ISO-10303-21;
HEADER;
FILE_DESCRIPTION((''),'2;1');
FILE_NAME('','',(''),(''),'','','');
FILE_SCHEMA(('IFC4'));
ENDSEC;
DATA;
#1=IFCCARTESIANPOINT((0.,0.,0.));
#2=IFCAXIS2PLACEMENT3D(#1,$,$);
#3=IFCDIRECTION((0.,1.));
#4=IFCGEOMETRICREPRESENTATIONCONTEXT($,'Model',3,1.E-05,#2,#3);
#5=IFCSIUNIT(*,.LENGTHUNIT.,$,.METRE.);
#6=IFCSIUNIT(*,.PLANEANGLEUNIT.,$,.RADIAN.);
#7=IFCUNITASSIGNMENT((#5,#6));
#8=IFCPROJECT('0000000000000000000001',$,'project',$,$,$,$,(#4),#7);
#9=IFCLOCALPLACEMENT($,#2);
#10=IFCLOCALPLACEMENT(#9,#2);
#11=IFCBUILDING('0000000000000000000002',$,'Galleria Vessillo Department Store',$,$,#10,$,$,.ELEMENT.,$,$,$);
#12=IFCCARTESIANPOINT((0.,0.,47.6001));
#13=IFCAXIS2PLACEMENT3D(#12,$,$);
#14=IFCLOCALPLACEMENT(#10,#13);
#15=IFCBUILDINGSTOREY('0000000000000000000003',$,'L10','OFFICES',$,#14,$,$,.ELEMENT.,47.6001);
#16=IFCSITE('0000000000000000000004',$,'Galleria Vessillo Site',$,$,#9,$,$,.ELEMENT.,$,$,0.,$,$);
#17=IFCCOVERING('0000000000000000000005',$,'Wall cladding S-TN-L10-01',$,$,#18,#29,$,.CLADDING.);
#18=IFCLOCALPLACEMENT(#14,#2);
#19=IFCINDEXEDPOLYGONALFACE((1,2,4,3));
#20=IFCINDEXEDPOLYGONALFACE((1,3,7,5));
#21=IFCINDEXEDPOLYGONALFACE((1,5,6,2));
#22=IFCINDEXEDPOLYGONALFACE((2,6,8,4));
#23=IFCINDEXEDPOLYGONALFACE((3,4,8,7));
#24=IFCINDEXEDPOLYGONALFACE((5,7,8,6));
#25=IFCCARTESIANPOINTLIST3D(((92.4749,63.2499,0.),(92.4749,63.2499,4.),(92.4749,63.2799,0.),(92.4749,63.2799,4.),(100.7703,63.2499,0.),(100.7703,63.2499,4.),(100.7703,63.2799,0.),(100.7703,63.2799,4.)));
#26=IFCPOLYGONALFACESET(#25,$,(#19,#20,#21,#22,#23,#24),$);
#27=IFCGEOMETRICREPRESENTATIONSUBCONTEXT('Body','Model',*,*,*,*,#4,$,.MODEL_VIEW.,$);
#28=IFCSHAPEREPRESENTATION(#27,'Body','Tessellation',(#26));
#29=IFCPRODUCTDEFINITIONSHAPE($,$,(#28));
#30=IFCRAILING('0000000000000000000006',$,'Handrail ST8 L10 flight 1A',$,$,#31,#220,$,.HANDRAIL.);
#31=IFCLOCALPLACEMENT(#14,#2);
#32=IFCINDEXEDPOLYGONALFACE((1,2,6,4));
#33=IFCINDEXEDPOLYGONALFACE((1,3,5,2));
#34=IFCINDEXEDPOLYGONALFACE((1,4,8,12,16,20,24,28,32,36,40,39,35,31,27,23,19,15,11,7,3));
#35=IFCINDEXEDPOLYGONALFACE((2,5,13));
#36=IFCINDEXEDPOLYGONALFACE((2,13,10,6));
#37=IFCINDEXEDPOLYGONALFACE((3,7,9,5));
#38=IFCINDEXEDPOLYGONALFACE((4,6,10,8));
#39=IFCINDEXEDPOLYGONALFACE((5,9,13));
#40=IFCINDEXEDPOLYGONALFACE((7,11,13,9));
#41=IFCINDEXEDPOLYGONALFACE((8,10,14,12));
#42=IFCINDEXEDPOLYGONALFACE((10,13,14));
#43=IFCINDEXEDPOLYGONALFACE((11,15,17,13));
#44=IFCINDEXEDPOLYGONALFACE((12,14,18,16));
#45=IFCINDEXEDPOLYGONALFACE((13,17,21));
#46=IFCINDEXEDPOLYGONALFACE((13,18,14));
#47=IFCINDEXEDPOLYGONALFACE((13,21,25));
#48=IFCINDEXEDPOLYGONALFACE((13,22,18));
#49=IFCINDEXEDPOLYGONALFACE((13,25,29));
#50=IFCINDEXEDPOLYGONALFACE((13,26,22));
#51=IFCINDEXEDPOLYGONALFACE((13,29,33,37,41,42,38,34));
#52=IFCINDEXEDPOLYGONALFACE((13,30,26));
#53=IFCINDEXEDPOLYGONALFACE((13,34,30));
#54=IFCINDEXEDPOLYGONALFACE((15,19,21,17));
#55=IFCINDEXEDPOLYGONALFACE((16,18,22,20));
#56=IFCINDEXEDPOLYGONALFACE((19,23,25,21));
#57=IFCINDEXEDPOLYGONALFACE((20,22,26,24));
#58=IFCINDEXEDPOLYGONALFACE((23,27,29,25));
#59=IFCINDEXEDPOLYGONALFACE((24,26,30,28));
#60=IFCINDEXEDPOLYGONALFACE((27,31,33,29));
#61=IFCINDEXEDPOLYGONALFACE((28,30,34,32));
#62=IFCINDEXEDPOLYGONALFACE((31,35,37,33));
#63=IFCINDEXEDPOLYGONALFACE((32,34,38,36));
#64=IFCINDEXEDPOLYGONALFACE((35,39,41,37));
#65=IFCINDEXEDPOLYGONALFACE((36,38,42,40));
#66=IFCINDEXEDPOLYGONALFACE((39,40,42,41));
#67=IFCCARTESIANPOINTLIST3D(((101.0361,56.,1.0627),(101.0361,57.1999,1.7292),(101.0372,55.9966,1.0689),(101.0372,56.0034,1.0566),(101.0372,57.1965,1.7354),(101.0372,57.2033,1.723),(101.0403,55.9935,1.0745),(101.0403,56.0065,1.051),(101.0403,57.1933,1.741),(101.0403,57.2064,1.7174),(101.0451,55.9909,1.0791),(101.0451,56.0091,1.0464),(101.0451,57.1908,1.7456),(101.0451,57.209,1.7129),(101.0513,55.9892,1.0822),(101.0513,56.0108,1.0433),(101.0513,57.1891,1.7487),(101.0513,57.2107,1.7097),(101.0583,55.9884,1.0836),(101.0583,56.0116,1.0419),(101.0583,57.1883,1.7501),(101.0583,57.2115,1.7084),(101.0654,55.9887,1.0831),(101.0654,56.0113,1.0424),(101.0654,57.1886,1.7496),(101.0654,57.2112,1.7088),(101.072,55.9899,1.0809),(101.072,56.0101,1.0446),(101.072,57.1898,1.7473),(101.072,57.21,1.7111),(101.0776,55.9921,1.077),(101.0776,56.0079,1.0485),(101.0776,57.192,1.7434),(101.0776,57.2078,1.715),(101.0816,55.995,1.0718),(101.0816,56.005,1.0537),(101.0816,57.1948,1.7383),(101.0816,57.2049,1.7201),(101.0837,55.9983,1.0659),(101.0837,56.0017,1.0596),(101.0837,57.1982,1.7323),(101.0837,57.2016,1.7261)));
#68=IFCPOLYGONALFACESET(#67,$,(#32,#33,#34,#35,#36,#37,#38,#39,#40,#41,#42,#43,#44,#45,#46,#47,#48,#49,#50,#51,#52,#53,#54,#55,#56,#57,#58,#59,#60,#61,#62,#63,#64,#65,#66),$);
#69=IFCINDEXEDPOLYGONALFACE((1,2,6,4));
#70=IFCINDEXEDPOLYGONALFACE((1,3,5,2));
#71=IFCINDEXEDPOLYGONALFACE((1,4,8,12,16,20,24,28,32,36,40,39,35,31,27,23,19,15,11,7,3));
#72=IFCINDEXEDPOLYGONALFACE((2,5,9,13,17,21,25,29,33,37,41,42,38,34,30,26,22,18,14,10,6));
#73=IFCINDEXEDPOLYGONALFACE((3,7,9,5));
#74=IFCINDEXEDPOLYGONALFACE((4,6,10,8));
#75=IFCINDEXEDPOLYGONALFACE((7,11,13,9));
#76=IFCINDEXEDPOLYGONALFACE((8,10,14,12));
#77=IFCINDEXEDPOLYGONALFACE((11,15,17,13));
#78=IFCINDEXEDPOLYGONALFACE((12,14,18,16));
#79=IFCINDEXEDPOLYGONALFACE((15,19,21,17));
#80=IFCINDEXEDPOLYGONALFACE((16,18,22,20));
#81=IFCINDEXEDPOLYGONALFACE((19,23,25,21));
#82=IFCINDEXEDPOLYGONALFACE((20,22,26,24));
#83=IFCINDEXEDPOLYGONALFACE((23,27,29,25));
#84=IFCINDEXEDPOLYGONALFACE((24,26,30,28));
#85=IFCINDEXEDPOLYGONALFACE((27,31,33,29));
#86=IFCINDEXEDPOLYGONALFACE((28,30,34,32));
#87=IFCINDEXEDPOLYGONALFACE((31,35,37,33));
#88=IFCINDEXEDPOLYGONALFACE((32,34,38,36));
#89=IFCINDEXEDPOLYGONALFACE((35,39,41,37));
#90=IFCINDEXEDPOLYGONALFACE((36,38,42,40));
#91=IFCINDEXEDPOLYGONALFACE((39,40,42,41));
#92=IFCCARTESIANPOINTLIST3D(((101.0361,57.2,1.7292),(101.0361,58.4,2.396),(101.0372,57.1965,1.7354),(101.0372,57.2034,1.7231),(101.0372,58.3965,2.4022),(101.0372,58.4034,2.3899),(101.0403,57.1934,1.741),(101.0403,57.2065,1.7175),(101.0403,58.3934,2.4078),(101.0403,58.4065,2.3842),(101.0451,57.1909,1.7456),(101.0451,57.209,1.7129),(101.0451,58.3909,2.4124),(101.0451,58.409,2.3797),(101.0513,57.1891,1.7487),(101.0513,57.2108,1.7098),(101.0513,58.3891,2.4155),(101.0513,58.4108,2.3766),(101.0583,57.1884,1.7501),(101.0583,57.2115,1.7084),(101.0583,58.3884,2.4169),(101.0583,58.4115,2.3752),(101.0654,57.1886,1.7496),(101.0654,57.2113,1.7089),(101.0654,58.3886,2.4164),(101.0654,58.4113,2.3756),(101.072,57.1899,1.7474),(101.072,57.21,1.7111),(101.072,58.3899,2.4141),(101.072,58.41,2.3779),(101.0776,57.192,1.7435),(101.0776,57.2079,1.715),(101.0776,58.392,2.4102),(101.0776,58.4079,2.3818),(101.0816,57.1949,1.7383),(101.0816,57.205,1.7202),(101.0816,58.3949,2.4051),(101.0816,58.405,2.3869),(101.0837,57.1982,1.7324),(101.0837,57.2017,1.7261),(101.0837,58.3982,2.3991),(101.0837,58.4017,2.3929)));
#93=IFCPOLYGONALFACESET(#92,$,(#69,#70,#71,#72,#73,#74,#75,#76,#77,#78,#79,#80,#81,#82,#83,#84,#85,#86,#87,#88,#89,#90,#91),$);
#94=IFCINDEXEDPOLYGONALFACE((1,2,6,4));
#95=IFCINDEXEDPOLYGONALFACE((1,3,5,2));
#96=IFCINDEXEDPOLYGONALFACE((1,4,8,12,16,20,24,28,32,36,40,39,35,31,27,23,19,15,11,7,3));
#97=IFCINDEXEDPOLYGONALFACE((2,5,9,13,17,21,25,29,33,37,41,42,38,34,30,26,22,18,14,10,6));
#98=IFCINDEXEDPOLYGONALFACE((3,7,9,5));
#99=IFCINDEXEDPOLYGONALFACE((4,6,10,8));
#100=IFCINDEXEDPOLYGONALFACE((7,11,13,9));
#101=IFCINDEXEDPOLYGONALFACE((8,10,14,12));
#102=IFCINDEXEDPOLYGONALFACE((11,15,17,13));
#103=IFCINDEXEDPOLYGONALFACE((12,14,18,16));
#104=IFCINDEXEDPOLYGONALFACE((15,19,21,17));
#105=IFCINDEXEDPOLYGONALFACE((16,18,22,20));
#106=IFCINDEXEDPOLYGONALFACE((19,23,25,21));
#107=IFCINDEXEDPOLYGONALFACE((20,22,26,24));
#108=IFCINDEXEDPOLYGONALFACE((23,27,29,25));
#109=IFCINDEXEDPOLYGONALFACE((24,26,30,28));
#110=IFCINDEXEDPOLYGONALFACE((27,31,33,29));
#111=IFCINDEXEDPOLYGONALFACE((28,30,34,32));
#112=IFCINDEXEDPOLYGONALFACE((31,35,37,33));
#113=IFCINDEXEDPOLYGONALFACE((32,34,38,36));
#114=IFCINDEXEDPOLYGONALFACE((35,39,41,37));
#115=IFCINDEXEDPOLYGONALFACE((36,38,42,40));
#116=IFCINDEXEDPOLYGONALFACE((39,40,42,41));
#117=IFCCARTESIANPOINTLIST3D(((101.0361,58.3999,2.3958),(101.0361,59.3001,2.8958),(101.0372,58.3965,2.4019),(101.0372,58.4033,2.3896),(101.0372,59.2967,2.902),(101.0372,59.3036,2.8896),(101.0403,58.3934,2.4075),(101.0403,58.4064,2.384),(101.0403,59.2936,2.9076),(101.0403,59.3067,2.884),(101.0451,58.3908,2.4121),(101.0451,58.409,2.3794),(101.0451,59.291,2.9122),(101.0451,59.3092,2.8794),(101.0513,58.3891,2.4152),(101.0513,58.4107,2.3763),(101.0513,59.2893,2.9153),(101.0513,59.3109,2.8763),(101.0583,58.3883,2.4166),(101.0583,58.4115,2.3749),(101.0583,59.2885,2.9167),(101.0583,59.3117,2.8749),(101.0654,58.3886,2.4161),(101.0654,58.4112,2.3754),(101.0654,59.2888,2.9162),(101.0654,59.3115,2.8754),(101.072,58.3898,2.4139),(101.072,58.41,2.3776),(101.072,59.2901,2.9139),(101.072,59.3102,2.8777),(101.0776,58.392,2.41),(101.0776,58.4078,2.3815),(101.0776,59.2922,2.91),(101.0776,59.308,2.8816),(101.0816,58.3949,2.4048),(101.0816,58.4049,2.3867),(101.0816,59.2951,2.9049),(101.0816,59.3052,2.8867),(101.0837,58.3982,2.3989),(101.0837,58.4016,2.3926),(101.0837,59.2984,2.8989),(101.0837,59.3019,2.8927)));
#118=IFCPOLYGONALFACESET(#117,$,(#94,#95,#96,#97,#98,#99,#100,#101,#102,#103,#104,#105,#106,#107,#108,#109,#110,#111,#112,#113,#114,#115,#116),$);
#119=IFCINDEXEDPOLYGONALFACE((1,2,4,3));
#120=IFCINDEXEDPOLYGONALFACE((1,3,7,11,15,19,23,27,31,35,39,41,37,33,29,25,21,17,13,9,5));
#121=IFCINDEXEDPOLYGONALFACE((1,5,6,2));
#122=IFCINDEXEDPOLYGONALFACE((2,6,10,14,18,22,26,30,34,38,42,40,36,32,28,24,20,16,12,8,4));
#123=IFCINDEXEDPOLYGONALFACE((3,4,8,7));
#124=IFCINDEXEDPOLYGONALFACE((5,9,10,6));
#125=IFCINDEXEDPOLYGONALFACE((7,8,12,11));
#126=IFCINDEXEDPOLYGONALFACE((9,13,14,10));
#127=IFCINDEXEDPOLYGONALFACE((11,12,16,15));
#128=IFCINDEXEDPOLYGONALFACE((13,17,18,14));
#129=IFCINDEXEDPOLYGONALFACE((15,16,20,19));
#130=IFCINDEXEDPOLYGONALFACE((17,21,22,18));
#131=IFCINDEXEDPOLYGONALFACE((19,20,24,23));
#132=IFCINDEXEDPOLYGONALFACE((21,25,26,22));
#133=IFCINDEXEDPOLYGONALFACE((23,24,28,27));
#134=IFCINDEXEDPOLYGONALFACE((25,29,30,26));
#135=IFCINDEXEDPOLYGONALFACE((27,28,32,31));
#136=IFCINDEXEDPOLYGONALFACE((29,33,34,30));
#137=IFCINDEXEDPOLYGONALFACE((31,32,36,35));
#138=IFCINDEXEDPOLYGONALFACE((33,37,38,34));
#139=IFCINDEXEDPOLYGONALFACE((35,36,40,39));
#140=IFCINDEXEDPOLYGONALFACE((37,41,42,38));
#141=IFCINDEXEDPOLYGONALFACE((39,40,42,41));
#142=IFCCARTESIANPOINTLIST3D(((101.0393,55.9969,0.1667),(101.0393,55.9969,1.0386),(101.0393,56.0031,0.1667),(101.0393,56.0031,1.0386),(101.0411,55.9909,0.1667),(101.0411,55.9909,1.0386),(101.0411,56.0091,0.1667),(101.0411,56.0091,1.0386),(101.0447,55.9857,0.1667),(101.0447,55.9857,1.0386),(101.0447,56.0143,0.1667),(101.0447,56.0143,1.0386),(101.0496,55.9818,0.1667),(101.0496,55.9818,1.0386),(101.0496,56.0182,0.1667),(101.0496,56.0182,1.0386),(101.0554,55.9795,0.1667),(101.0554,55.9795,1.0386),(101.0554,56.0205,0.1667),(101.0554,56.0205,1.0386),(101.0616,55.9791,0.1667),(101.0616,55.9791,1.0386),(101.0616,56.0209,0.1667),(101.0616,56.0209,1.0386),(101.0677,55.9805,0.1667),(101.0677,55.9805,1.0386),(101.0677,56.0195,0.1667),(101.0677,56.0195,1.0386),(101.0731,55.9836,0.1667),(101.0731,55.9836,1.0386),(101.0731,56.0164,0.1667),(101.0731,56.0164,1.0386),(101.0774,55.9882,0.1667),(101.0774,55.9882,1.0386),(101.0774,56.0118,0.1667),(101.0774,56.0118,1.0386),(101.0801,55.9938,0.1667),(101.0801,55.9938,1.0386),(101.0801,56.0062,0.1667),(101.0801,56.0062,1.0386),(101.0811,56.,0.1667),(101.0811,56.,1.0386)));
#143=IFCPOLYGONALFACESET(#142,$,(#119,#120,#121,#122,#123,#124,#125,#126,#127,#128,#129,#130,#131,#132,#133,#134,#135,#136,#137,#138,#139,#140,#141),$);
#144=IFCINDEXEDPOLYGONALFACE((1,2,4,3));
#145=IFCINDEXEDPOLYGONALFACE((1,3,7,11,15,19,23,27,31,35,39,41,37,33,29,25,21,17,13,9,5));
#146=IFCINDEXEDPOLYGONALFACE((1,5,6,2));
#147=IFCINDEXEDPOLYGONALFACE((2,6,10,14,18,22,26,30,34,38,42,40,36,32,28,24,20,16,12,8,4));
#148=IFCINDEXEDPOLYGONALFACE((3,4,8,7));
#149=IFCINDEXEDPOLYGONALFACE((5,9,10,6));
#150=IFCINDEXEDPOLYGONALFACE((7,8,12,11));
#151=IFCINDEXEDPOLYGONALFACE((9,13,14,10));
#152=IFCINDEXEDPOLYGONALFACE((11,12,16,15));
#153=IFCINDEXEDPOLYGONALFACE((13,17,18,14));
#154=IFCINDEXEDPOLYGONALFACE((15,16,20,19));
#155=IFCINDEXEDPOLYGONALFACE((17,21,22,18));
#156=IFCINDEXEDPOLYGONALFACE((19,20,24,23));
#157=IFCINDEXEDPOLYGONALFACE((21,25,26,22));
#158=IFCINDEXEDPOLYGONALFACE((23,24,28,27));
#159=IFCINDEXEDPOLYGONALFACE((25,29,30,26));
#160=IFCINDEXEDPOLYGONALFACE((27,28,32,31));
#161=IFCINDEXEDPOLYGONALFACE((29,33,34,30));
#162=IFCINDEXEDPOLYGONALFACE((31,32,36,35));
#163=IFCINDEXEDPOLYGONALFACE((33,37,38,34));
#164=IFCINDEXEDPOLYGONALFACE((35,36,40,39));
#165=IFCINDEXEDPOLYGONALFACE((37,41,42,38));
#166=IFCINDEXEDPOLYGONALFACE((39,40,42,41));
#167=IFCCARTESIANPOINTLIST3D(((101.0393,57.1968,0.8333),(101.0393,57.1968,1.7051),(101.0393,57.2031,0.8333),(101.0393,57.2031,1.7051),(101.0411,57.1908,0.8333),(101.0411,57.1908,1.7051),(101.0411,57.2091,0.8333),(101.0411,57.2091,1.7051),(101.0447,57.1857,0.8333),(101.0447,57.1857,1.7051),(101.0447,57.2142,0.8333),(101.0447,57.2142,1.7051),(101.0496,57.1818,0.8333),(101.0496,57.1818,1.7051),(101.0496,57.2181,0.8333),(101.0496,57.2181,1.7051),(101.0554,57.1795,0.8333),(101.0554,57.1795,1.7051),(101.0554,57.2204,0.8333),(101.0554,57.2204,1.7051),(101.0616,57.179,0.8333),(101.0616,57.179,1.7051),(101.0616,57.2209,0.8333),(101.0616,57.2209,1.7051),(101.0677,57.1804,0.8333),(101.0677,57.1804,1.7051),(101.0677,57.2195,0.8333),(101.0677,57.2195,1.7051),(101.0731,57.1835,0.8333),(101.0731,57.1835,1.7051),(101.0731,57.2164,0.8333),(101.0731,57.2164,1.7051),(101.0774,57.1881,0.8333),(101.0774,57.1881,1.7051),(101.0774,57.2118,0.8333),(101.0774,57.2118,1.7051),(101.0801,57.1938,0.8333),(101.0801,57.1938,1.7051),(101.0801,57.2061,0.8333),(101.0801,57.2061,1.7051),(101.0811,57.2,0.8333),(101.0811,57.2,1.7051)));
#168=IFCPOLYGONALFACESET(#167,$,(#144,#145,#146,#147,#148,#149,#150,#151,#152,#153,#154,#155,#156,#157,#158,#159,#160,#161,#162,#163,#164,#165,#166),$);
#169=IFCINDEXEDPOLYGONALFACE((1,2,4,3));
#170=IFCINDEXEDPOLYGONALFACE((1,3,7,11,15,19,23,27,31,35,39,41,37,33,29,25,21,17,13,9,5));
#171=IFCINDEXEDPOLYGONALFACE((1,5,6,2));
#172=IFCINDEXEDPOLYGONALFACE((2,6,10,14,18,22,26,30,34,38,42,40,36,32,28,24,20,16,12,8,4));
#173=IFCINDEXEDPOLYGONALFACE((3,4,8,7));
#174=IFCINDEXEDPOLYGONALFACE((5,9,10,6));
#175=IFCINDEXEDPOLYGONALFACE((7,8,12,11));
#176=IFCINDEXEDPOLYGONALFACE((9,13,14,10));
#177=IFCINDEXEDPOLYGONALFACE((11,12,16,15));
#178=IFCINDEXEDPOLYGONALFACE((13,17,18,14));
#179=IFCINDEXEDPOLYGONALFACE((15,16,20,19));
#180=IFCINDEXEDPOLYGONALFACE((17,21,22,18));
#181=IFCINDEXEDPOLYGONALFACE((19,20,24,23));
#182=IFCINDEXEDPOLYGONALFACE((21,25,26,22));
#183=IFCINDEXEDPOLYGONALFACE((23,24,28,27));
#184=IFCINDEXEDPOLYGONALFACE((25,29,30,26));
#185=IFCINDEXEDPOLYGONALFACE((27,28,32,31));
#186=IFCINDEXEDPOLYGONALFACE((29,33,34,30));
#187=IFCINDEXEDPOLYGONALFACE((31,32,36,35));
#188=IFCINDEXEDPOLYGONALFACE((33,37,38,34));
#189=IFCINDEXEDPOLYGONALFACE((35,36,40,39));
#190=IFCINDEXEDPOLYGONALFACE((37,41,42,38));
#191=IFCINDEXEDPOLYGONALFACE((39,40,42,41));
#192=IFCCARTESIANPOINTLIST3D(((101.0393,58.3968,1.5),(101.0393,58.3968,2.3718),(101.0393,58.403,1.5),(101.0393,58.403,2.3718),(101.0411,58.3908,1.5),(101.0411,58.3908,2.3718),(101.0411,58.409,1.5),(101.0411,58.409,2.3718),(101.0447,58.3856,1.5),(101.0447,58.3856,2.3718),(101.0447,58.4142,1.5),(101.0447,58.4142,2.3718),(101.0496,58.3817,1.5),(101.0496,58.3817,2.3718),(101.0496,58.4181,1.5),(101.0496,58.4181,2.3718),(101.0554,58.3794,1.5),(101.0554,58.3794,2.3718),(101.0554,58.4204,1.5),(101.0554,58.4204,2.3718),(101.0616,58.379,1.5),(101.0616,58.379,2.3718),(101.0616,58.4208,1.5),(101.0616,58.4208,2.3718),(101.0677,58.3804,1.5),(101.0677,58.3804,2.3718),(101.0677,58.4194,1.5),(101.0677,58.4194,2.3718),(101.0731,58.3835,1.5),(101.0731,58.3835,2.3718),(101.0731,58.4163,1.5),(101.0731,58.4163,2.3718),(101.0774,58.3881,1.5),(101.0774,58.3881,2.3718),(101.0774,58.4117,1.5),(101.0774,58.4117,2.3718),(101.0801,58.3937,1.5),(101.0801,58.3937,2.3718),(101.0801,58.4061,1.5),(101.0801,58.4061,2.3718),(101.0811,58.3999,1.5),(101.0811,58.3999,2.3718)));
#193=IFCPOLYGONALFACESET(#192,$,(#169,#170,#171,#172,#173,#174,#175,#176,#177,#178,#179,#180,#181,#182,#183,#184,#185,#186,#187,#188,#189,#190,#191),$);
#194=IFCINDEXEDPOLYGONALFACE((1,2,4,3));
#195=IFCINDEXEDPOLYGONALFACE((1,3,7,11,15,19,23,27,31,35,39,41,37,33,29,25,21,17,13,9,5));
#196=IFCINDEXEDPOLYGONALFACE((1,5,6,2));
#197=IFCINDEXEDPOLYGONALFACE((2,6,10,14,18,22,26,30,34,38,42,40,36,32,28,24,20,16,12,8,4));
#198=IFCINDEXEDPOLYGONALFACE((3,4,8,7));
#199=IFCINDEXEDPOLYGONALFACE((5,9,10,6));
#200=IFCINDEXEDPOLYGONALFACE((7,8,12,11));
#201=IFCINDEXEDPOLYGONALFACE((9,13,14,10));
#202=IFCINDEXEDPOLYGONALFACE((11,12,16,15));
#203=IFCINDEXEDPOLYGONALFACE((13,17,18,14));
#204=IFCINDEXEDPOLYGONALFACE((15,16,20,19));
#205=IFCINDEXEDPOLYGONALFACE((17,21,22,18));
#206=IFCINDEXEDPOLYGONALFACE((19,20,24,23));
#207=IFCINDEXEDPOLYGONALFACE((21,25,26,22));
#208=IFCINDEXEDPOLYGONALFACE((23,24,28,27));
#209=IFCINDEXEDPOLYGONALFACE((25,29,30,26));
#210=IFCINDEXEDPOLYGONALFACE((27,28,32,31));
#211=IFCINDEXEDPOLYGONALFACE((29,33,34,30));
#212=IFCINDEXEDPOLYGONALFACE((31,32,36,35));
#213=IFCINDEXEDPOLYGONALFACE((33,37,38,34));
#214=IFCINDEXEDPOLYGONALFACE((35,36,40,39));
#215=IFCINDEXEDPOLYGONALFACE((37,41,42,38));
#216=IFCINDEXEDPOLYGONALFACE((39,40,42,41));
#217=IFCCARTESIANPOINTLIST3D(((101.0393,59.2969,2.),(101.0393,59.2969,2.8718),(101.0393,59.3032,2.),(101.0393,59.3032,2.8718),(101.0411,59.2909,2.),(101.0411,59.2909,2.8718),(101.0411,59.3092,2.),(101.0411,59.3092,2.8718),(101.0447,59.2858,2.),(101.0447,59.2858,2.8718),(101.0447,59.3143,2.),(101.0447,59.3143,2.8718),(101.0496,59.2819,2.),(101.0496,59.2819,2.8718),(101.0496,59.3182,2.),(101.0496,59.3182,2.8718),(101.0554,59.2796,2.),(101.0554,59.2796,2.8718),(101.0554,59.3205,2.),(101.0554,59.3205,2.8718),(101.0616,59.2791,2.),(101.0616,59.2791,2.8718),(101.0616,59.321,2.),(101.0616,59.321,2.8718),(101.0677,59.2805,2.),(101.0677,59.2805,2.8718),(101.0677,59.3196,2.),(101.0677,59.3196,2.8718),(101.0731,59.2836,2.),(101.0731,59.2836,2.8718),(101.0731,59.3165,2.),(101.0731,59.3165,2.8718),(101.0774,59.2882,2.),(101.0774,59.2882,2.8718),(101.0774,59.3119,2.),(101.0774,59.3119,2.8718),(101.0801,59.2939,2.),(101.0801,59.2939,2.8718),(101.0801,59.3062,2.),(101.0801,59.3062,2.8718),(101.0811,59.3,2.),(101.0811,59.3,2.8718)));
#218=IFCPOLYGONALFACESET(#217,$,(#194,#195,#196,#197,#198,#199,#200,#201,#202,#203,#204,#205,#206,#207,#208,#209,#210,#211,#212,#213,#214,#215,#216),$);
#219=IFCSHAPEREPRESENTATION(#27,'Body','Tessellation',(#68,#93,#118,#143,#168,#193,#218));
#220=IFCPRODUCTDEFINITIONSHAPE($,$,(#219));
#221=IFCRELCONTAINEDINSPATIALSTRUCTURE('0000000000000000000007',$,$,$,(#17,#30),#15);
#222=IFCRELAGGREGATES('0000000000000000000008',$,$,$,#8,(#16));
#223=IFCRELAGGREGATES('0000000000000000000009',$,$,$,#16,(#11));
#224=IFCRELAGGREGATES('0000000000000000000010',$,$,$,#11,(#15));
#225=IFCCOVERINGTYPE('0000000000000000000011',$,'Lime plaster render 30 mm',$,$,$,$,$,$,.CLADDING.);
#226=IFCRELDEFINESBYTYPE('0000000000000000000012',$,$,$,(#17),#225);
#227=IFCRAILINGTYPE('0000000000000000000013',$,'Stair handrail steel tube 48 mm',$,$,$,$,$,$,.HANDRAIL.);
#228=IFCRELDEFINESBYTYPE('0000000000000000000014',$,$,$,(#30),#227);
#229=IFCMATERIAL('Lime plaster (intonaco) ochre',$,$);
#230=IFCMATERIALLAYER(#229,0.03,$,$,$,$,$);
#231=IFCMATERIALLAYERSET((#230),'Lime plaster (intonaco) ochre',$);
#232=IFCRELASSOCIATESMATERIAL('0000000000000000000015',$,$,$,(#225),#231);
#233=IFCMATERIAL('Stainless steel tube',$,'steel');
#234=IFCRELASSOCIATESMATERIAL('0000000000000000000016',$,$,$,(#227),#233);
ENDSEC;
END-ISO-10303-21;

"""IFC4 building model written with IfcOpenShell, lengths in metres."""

from ifc_helpers import new_model, si_unit, direction, frame, origin, origin_2d, place, context, subcontext, project, spatial, rectangle, circle, extrude, material, layer, layer_set, type_object, element, save


model = new_model("IFC4")

# Units and contexts
model_context = context("Model", 3, precision=1e-05, world=origin(), true_north=direction((0.0, 1.0)))
body_context = subcontext(model_context, "Body", "Model", "MODEL_VIEW")
ifc_project = project(units=[si_unit("LENGTHUNIT", "METRE"), si_unit("PLANEANGLEUNIT", "RADIAN")], contexts=[model_context])

# Site, building, storey
site_placement = place(None, origin())
site = spatial("IfcSite", under=ifc_project, at=site_placement, Name="Galleria Vessillo Site", CompositionType="ELEMENT", RefElevation=0.0)
building_placement = place(site_placement, origin())
building = spatial("IfcBuilding", under=site, at=building_placement, Name="Galleria Vessillo Department Store", CompositionType="ELEMENT")
storey_placement = place(building_placement, frame((0.0, 0.0, 47.6001)))
storey = spatial("IfcBuildingStorey", under=building, at=storey_placement, Name="L10", Description="OFFICES", CompositionType="ELEMENT", Elevation=47.6001)

# Covering
ifc_material_1 = material(Name="Lime plaster (intonaco) ochre")
ifc_layer_1 = layer(ifc_material_1, 0.03)
ifc_layer_set_1 = layer_set([ifc_layer_1], Name="Lime plaster (intonaco) ochre")
covering_type = type_object("IfcCoveringType", Name="Lime plaster render 30 mm", PredefinedType="CLADDING", material=ifc_layer_set_1)
covering_placement = place(storey_placement, frame((96.6226, 63.2649, 0.0), z_axis=(0.0, 0.0, 1.0), x_axis=(1.0, 0.0, 0.0)))
element("IfcCovering", 1, at=covering_placement, inside=storey, type_object=covering_type, Name="Wall cladding S-TN-L10-01", PredefinedType="CLADDING", context=body_context, shape_type="SweptSolid", body=[
    extrude(rectangle(XDim=8.2954, YDim=0.03, at=origin_2d()), origin(), (0.0, 0.0, 1.0), 4.0),
])

# Railing
ifc_material_2 = material(Name="Stainless steel tube", Category="steel")
railing_type = type_object("IfcRailingType", Name="Stair handrail steel tube 48 mm", PredefinedType="HANDRAIL", material=ifc_material_2)
for number, where, name in (
    (2, (101.0601, 56.0, 0.1667), "Handrail ST8 L10 flight 1A"),
):
    element("IfcRailing", number, at=place(storey_placement, frame(where)), inside=storey, type_object=railing_type, Name=name, PredefinedType="HANDRAIL", context=body_context, shape_type="SweptSolid", body=[
        extrude(circle(Radius=0.0239, at=origin_2d()), frame((0.0, 0.0, 0.896), z_axis=(0.0, 0.874199, 0.485567), x_axis=(-1.0, 0.0, 0.0)), (0.0, 0.0, 1.0), 1.3726),
        extrude(circle(Radius=0.0239, at=origin_2d()), frame((0.0, 1.2, 1.5625), z_axis=(0.0, 0.874124, 0.485703), x_axis=(-1.0, 0.0, 0.0)), (0.0, 0.0, 1.0), 1.3728),
        extrude(circle(Radius=0.0239, at=origin_2d()), frame((0.0, 2.3999, 2.229), z_axis=(0.0, 0.874191, 0.485583), x_axis=(-1.0, 0.0, 0.0)), (0.0, 0.0, 1.0), 1.0298),
        extrude(circle(Radius=0.021, at=origin_2d()), origin(), (0.0, 0.0, 1.0), 0.8718),
        extrude(circle(Radius=0.021, at=origin_2d()), frame((0.0, 1.2, 0.6665)), (0.0, 0.0, 1.0), 0.8718),
        extrude(circle(Radius=0.021, at=origin_2d()), frame((0.0, 2.3999, 1.3333)), (0.0, 0.0, 1.0), 0.8718),
        extrude(circle(Radius=0.021, at=origin_2d()), frame((0.0, 3.3, 1.8333)), (0.0, 0.0, 1.0), 0.8718),
    ])

save(model, "model.ifc")
